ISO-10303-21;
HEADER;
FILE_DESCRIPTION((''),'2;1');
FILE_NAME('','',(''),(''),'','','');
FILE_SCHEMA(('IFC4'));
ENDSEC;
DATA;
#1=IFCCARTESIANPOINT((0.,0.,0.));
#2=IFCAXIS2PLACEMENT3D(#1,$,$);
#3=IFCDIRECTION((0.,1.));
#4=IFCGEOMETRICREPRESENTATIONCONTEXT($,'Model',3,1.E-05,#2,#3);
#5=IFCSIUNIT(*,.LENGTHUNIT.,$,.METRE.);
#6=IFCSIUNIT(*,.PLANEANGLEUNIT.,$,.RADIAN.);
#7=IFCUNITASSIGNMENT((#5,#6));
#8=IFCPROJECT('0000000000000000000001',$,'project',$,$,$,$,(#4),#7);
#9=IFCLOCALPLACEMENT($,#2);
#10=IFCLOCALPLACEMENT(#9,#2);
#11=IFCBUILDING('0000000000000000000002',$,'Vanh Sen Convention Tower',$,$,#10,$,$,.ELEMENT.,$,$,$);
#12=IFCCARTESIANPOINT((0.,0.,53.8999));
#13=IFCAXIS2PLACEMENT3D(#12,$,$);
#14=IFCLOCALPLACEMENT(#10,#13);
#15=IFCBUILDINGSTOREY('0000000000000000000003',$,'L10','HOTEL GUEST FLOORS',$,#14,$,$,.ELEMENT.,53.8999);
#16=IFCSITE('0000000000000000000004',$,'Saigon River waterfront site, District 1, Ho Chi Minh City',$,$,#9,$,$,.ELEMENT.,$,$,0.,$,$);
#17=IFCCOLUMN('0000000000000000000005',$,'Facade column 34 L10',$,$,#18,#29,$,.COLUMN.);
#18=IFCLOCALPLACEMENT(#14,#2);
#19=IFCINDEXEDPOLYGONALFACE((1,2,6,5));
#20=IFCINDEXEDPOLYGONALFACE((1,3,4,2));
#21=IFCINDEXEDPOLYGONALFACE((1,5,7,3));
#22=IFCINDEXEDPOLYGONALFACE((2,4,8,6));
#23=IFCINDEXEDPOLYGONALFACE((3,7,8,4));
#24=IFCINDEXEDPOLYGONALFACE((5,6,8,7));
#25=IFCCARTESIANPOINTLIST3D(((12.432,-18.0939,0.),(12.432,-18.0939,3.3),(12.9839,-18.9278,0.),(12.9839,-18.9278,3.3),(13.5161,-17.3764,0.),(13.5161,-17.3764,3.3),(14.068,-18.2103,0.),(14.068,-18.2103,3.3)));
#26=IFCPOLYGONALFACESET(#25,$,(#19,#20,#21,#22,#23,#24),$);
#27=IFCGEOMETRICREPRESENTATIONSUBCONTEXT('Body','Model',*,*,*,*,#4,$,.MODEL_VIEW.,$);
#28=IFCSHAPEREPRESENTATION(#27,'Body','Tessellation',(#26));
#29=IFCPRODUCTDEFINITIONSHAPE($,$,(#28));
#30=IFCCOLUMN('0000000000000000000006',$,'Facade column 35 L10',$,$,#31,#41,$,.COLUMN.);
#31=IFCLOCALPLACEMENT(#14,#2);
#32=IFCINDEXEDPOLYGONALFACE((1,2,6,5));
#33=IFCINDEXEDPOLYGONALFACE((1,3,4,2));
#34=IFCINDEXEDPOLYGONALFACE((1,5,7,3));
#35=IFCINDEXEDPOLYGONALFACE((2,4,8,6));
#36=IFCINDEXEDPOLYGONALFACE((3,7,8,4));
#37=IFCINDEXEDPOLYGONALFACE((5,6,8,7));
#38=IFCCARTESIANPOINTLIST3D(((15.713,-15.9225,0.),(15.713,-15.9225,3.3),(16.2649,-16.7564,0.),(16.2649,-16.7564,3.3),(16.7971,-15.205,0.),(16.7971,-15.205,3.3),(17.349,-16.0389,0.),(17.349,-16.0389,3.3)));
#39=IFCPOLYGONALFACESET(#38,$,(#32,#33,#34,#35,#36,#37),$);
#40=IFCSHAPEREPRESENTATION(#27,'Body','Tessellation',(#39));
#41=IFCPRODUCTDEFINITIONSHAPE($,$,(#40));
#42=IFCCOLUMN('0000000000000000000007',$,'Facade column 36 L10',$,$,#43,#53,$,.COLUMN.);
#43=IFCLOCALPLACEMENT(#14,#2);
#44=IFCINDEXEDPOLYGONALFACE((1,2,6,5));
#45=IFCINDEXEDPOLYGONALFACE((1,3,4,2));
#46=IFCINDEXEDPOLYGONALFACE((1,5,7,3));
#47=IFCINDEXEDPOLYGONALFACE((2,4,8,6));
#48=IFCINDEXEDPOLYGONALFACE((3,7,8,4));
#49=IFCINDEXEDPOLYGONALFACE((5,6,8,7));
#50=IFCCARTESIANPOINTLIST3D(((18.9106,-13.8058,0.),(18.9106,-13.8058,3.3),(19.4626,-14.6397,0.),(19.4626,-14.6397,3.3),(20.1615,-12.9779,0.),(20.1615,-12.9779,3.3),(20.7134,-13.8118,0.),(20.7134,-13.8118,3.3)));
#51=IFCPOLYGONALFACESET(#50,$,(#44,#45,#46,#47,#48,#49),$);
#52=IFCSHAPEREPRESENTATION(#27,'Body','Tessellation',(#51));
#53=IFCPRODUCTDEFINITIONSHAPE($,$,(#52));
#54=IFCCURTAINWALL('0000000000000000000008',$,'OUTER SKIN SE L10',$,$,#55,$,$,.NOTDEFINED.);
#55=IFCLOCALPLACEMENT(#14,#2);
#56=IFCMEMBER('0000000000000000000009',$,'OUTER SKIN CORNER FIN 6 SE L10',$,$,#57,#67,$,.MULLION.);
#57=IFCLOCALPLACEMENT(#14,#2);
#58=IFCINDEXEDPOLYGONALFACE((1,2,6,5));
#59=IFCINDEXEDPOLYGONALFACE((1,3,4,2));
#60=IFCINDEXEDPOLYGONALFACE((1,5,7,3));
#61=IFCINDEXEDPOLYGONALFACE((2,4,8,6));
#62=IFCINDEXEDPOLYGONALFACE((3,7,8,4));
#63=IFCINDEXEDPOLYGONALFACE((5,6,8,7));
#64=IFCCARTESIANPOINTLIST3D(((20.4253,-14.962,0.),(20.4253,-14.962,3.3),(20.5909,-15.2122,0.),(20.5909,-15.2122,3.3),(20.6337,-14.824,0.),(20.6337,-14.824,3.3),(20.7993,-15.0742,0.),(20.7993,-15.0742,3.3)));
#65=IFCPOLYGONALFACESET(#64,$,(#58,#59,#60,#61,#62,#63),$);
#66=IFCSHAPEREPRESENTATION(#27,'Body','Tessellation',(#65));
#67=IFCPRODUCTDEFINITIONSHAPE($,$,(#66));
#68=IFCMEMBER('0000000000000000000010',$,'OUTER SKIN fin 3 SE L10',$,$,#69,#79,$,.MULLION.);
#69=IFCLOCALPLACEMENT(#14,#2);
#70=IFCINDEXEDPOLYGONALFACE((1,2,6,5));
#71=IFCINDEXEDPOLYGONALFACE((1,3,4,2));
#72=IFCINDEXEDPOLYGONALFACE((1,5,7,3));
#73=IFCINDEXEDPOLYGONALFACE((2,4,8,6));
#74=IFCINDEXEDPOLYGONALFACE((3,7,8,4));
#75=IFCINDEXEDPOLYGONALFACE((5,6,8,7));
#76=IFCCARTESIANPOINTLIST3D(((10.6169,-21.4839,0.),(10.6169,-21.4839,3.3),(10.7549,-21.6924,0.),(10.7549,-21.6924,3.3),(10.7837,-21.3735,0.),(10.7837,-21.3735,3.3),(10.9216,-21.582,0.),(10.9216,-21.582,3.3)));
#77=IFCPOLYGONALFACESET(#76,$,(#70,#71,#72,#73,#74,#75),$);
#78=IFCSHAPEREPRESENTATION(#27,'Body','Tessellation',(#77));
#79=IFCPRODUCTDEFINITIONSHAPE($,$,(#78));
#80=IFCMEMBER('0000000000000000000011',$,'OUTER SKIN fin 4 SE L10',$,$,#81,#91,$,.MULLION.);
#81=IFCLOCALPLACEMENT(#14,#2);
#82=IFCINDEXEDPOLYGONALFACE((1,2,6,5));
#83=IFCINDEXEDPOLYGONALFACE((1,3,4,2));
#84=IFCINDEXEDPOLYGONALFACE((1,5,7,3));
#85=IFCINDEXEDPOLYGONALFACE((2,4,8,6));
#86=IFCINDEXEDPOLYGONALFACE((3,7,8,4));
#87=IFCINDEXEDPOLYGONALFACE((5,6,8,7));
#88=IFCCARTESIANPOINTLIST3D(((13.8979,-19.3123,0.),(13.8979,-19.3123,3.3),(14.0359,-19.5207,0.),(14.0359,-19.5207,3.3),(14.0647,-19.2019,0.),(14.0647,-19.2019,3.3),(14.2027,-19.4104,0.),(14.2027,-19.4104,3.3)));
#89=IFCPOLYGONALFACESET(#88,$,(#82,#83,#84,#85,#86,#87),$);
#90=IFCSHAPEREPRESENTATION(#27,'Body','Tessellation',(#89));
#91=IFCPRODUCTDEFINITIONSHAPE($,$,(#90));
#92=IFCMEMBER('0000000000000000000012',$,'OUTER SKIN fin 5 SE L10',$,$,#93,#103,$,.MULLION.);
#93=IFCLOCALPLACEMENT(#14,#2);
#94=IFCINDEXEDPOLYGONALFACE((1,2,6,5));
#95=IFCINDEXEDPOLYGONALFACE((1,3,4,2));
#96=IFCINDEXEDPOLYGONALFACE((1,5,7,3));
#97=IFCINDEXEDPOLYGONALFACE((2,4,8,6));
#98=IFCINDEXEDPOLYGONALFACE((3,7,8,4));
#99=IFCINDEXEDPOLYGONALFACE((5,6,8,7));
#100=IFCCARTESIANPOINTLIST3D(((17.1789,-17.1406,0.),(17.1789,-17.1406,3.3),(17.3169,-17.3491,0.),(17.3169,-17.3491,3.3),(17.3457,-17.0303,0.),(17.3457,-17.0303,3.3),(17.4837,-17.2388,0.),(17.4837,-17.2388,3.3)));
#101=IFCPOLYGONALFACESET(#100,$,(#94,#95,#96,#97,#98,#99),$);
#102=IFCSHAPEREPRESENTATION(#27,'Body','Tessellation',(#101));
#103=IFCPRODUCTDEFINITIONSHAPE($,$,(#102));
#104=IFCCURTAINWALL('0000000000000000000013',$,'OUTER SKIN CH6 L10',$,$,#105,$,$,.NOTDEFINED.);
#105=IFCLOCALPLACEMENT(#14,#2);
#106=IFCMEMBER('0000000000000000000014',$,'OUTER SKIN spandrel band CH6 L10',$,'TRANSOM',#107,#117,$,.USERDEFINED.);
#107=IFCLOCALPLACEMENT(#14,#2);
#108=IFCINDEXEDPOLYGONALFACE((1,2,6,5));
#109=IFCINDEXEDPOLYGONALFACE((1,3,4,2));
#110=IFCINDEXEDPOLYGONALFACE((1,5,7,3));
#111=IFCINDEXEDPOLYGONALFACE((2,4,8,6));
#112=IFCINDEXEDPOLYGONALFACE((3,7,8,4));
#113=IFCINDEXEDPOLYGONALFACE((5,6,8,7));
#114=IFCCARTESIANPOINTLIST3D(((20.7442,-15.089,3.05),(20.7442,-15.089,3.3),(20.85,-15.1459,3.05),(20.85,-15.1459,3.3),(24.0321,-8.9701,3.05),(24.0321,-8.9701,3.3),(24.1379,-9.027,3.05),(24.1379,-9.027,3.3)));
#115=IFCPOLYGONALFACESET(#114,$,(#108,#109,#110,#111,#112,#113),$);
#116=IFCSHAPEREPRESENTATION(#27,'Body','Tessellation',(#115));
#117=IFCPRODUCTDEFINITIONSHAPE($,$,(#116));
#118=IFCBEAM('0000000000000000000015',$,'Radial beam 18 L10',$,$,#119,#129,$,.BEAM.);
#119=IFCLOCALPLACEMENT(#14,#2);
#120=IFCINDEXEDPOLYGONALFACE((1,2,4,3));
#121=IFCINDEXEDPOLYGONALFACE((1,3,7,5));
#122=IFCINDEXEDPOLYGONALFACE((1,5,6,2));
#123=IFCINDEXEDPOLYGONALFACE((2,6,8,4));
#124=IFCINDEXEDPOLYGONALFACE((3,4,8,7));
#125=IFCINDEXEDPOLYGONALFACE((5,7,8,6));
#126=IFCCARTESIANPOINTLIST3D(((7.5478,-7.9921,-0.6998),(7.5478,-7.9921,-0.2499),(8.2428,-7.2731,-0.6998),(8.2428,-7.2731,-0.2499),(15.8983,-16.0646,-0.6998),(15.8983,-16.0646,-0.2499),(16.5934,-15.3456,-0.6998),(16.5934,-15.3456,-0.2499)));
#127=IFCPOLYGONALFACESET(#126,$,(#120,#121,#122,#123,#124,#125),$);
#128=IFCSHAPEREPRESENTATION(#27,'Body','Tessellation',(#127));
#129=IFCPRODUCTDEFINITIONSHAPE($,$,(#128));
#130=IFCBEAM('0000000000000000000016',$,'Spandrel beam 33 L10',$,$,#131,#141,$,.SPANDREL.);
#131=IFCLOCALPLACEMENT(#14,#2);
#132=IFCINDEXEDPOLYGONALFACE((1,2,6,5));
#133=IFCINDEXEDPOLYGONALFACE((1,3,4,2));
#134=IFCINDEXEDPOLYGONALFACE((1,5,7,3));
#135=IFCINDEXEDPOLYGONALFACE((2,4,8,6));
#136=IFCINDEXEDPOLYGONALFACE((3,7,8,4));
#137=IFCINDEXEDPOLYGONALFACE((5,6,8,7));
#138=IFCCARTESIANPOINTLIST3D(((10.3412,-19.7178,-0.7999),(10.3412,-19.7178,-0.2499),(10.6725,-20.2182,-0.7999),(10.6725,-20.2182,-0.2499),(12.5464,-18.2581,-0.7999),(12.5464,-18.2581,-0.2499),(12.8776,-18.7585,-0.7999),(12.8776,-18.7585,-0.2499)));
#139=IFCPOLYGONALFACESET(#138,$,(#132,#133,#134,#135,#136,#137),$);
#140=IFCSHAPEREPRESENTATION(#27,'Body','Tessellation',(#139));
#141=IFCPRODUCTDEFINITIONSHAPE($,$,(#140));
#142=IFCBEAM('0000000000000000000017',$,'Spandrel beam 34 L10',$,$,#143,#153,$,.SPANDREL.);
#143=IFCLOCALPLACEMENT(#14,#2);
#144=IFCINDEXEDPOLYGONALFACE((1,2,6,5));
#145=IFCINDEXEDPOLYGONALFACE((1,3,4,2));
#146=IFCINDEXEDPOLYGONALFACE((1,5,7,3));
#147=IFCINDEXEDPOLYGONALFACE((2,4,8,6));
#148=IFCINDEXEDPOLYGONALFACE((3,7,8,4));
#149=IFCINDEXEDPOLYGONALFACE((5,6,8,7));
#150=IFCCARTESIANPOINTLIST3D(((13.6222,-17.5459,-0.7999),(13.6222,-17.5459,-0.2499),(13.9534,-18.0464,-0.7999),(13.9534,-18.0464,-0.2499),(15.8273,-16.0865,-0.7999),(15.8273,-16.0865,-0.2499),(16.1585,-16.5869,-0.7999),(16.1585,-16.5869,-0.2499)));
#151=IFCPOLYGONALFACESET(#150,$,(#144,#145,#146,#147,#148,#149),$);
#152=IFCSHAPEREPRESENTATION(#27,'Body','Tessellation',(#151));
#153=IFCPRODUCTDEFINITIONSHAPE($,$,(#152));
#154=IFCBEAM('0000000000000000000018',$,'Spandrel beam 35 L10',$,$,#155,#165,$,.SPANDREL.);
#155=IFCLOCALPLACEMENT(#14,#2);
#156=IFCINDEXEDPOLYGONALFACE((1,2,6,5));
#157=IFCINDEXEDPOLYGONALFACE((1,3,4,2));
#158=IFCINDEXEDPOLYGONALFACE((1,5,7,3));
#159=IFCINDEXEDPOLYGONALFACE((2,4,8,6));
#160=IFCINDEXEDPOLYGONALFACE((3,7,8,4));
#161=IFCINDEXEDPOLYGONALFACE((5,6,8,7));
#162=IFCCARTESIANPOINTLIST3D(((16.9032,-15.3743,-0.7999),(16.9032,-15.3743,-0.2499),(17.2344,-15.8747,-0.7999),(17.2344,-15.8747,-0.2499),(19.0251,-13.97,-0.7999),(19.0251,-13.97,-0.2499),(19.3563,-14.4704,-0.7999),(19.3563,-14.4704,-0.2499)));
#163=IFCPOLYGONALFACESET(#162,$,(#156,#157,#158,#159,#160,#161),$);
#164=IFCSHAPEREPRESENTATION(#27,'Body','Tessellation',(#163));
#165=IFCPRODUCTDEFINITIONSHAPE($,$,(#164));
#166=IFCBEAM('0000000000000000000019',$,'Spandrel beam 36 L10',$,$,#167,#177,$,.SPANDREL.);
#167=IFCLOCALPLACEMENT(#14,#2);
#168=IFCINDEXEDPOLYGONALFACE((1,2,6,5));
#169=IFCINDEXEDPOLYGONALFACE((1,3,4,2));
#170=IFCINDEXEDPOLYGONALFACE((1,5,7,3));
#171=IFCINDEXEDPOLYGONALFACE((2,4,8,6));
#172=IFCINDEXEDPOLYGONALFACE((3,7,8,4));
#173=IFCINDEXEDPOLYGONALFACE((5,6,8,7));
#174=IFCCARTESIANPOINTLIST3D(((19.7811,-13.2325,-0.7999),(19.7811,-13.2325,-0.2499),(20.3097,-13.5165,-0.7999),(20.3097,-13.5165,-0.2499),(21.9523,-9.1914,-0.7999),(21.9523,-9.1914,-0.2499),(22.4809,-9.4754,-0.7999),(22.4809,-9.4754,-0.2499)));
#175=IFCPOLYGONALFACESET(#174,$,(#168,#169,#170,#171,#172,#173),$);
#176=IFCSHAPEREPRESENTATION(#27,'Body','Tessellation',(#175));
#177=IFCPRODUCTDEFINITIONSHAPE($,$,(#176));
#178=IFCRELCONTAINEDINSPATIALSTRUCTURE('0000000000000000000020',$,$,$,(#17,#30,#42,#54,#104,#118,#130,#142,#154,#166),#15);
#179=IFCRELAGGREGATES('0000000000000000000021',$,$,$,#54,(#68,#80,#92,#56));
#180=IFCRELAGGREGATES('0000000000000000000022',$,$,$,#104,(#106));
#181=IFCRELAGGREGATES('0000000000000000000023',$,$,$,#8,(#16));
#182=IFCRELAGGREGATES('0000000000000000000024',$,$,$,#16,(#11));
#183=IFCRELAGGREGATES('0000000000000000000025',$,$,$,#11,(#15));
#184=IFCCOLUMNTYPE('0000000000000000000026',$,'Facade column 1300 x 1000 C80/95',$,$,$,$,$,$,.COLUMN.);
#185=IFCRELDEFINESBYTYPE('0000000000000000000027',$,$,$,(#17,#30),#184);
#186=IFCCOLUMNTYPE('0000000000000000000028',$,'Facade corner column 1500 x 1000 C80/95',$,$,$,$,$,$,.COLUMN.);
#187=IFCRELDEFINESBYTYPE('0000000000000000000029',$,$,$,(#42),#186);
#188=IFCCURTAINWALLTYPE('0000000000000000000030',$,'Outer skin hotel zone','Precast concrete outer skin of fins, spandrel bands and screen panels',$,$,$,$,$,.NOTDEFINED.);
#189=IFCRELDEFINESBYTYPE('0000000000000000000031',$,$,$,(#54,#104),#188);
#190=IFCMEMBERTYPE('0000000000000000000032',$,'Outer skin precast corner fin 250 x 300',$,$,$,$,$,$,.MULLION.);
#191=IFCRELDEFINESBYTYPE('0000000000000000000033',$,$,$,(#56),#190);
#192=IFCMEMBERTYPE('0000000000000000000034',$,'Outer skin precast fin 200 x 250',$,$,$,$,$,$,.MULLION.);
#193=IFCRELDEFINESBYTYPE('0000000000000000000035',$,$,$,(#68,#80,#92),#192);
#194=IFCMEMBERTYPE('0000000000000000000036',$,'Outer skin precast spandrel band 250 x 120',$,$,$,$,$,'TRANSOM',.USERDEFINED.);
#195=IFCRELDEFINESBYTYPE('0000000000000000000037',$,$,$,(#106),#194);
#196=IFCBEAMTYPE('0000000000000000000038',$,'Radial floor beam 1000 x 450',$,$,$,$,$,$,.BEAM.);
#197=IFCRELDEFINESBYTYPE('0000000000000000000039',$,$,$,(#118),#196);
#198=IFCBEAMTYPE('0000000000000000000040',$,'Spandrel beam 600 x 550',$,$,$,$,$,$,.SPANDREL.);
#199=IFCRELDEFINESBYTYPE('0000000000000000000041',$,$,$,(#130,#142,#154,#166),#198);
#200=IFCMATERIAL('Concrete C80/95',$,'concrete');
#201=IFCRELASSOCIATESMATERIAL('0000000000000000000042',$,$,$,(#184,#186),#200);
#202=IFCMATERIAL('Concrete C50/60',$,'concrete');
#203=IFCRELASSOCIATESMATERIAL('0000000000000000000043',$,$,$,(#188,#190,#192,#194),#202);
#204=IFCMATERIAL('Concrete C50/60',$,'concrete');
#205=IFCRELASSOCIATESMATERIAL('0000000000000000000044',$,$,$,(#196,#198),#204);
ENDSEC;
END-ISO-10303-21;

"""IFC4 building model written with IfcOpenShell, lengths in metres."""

from ifc_helpers import new_model, si_unit, direction, frame, origin, origin_2d, place, context, subcontext, project, spatial, rectangle, extrude, material, material_profile, profile_set, type_object, element, aggregate, save


model = new_model("IFC4")

# Units and contexts
model_context = context("Model", 3, precision=1e-05, world=origin(), true_north=direction((0.0, 1.0)))
body_context = subcontext(model_context, "Body", "Model", "MODEL_VIEW")
ifc_project = project(units=[si_unit("LENGTHUNIT", "METRE"), si_unit("PLANEANGLEUNIT", "RADIAN")], contexts=[model_context])

# Site, building, storey
site_placement = place(None, origin())
site = spatial("IfcSite", under=ifc_project, at=site_placement, Name="Saigon River waterfront site, District 1, Ho Chi Minh City", CompositionType="ELEMENT", RefElevation=0.0)
building_placement = place(site_placement, origin())
building = spatial("IfcBuilding", under=site, at=building_placement, Name="Vanh Sen Convention Tower", CompositionType="ELEMENT")
storey_placement = place(building_placement, frame((0.0, 0.0, 53.8999)))
storey = spatial("IfcBuildingStorey", under=building, at=storey_placement, Name="L10", Description="HOTEL GUEST FLOORS", CompositionType="ELEMENT", Elevation=53.8999)

# Columns
ifc_material_1 = material(Name="Concrete C80/95", Category="concrete")
ifc_material_profile_1 = material_profile(ifc_material_1, rectangle(XDim=1.3, YDim=1.0, at=origin_2d()), Name="RC 1300X1000")
ifc_profile_set_1 = profile_set([ifc_material_profile_1], Name="Concrete C80/95")
column_type_1 = type_object("IfcColumnType", Name="Facade column 1300 x 1000 C80/95", PredefinedType="COLUMN", material=ifc_profile_set_1)
for number, where, z_axis, x_axis, name in (
    (1, (13.25, -18.1521, 0.0), (0.0, 0.0, 1.0), (0.833886, 0.551937, 0.0), "Facade column 34 L10"),
    (2, (16.531, -15.9807, 0.0), (0.0, 0.0, 1.0), (0.833886, 0.551937, 0.0), "Facade column 35 L10"),
):
    element("IfcColumn", number, at=place(storey_placement, frame(where, z_axis=z_axis, x_axis=x_axis)), inside=storey, type_object=column_type_1, Name=name, PredefinedType="COLUMN", context=body_context, shape_type="SweptSolid", body=[
        extrude(rectangle(XDim=1.3, YDim=1.0, at=origin_2d()), origin(), (0.0, 0.0, 1.0), 3.3),
    ])
ifc_material_profile_2 = material_profile(ifc_material_1, rectangle(XDim=1.5, YDim=1.0, at=origin_2d()), Name="RC 1500X1000")
ifc_profile_set_2 = profile_set([ifc_material_profile_2], Name="Concrete C80/95")
column_type_2 = type_object("IfcColumnType", Name="Facade corner column 1500 x 1000 C80/95", PredefinedType="COLUMN", material=ifc_profile_set_2)
column_placement = place(storey_placement, frame((19.812, -13.8088, 0.0), z_axis=(0.0, 0.0, 1.0), x_axis=(0.833886, 0.551937, 0.0)))
element("IfcColumn", 3, at=column_placement, inside=storey, type_object=column_type_2, Name="Facade column 36 L10", PredefinedType="COLUMN", context=body_context, shape_type="SweptSolid", body=[
    extrude(rectangle(XDim=1.5, YDim=1.0, at=origin_2d()), origin(), (0.0, 0.0, 1.0), 3.3),
])

# Curtain wall, members
ifc_material_2 = material(Name="Concrete C50/60", Category="concrete")
curtain_wall_type = type_object("IfcCurtainWallType", Name="Outer skin hotel zone", Description="Precast concrete outer skin of fins, spandrel bands and screen panels", PredefinedType="NOTDEFINED", material=ifc_material_2)
curtain_wall_1_placement = place(storey_placement, origin())
curtain_wall_1 = element("IfcCurtainWall", 4, at=curtain_wall_1_placement, inside=storey, type_object=curtain_wall_type, Name="OUTER SKIN SE L10", PredefinedType="NOTDEFINED")
ifc_material_profile_3 = material_profile(ifc_material_2, rectangle(XDim=0.25, YDim=0.3, at=origin_2d()), Name="Outer skin precast corner fin 250 x 300")
ifc_profile_set_3 = profile_set([ifc_material_profile_3], Name="Concrete C50/60")
member_type_1 = type_object("IfcMemberType", Name="Outer skin precast corner fin 250 x 300", PredefinedType="MULLION", material=ifc_profile_set_3)
member_1_placement = place(storey_placement, frame((20.6123, -15.0181, 0.0), z_axis=(0.0, 0.0, 1.0), x_axis=(0.833886, 0.551937, 0.0)))
member_1 = element("IfcMember", 5, at=member_1_placement, type_object=member_type_1, Name="OUTER SKIN CORNER FIN 6 SE L10", PredefinedType="MULLION", context=body_context, shape_type="SweptSolid", body=[
    extrude(rectangle(XDim=0.25, YDim=0.3, at=origin_2d()), origin(), (0.0, 0.0, 1.0), 3.3),
])
ifc_material_profile_4 = material_profile(ifc_material_2, rectangle(XDim=0.2, YDim=0.25, at=origin_2d()), Name="Outer skin precast fin 200 x 250")
ifc_profile_set_4 = profile_set([ifc_material_profile_4], Name="Concrete C50/60")
member_type_2 = type_object("IfcMemberType", Name="Outer skin precast fin 200 x 250", PredefinedType="MULLION", material=ifc_profile_set_4)
member_2_placement = place(storey_placement, frame((10.7693, -21.533, 0.0), z_axis=(0.0, 0.0, 1.0), x_axis=(0.833886, 0.551937, 0.0)))
member_2 = element("IfcMember", 6, at=member_2_placement, type_object=member_type_2, Name="OUTER SKIN fin 3 SE L10", PredefinedType="MULLION", context=body_context, shape_type="SweptSolid", body=[
    extrude(rectangle(XDim=0.2, YDim=0.25, at=origin_2d()), origin(), (0.0, 0.0, 1.0), 3.3),
])
member_3_placement = place(storey_placement, frame((14.0503, -19.3613, 0.0), z_axis=(0.0, 0.0, 1.0), x_axis=(0.833886, 0.551937, 0.0)))
member_3 = element("IfcMember", 7, at=member_3_placement, type_object=member_type_2, Name="OUTER SKIN fin 4 SE L10", PredefinedType="MULLION", context=body_context, shape_type="SweptSolid", body=[
    extrude(rectangle(XDim=0.2, YDim=0.25, at=origin_2d()), origin(), (0.0, 0.0, 1.0), 3.3),
])
member_4_placement = place(storey_placement, frame((17.3313, -17.1897, 0.0), z_axis=(0.0, 0.0, 1.0), x_axis=(0.833886, 0.551937, 0.0)))
member_4 = element("IfcMember", 8, at=member_4_placement, type_object=member_type_2, Name="OUTER SKIN fin 5 SE L10", PredefinedType="MULLION", context=body_context, shape_type="SweptSolid", body=[
    extrude(rectangle(XDim=0.2, YDim=0.25, at=origin_2d()), origin(), (0.0, 0.0, 1.0), 3.3),
])

# Curtain wall, member
curtain_wall_2_placement = place(storey_placement, origin())
curtain_wall_2 = element("IfcCurtainWall", 9, at=curtain_wall_2_placement, inside=storey, type_object=curtain_wall_type, Name="OUTER SKIN CH6 L10", PredefinedType="NOTDEFINED")
ifc_material_profile_5 = material_profile(ifc_material_2, rectangle(XDim=0.1201, YDim=0.25, at=origin_2d()), Name="Outer skin precast spandrel band 250 x 120")
ifc_profile_set_5 = profile_set([ifc_material_profile_5], Name="Concrete C50/60")
member_type_3 = type_object("IfcMemberType", Name="Outer skin precast spandrel band 250 x 120", ElementType="TRANSOM", PredefinedType="USERDEFINED", material=ifc_profile_set_5)
member_5_placement = place(storey_placement, frame((20.7971, -15.1174, 3.175), z_axis=(0.473324, 0.880888, 0.0), x_axis=(-0.880888, 0.473324, 0.0)))
member_5 = element("IfcMember", 10, at=member_5_placement, type_object=member_type_3, Name="OUTER SKIN spandrel band CH6 L10", ObjectType="TRANSOM", PredefinedType="USERDEFINED", context=body_context, shape_type="SweptSolid", body=[
    extrude(rectangle(XDim=0.1201, YDim=0.25, at=origin_2d()), origin(), (0.0, 0.0, 1.0), 6.9463),
])

# Beams
ifc_material_3 = material(Name="Concrete C50/60", Category="concrete")
ifc_material_profile_6 = material_profile(ifc_material_3, rectangle(XDim=1.0, YDim=0.45, at=origin_2d()), Name="RC 1000X450")
ifc_profile_set_6 = profile_set([ifc_material_profile_6], Name="Concrete C50/60")
beam_type_1 = type_object("IfcBeamType", Name="Radial floor beam 1000 x 450", PredefinedType="BEAM", material=ifc_profile_set_6)
beam_1_placement = place(storey_placement, frame((16.2458, -15.7051, -0.4749), z_axis=(-0.718976, 0.695034, 0.0), x_axis=(-0.695034, -0.718976, 0.0)))
element("IfcBeam", 11, at=beam_1_placement, inside=storey, type_object=beam_type_1, Name="Radial beam 18 L10", PredefinedType="BEAM", context=body_context, shape_type="SweptSolid", body=[
    extrude(rectangle(XDim=1.0, YDim=0.45, at=origin_2d()), origin(), (0.0, 0.0, 1.0), 11.6145),
])
ifc_material_profile_7 = material_profile(ifc_material_3, rectangle(XDim=0.6001, YDim=0.55, at=origin_2d()), Name="RC 600X550")
ifc_profile_set_7 = profile_set([ifc_material_profile_7], Name="Concrete C50/60")
beam_type_2 = type_object("IfcBeamType", Name="Spandrel beam 600 x 550", PredefinedType="SPANDREL", material=ifc_profile_set_7)
beam_2_placement = place(storey_placement, frame((10.5068, -19.968, -0.5249), z_axis=(0.83385, 0.551992, 0.0), x_axis=(-0.551992, 0.83385, 0.0)))
element("IfcBeam", 12, at=beam_2_placement, inside=storey, type_object=beam_type_2, Name="Spandrel beam 33 L10", PredefinedType="SPANDREL", context=body_context, shape_type="SweptSolid", body=[
    extrude(rectangle(XDim=0.6001, YDim=0.55, at=origin_2d()), origin(), (0.0, 0.0, 1.0), 2.6445),
])
beam_3_placement = place(storey_placement, frame((13.7878, -17.7961, -0.5249), z_axis=(0.833892, 0.551927, 0.0), x_axis=(-0.551927, 0.833892, 0.0)))
element("IfcBeam", 13, at=beam_3_placement, inside=storey, type_object=beam_type_2, Name="Spandrel beam 34 L10", PredefinedType="SPANDREL", context=body_context, shape_type="SweptSolid", body=[
    extrude(rectangle(XDim=0.6001, YDim=0.55, at=origin_2d()), origin(), (0.0, 0.0, 1.0), 2.6443),
])
beam_4_placement = place(storey_placement, frame((17.0688, -15.6245, -0.5249), z_axis=(0.833906, 0.551907, 0.0), x_axis=(-0.551907, 0.833906, 0.0)))
element("IfcBeam", 14, at=beam_4_placement, inside=storey, type_object=beam_type_2, Name="Spandrel beam 35 L10", PredefinedType="SPANDREL", context=body_context, shape_type="SweptSolid", body=[
    extrude(rectangle(XDim=0.6001, YDim=0.55, at=origin_2d()), origin(), (0.0, 0.0, 1.0), 2.5444),
])
beam_5_placement = place(storey_placement, frame((20.0454, -13.3745, -0.5249), z_axis=(0.47329, 0.880907, 0.0), x_axis=(-0.880907, 0.47329, 0.0)))
element("IfcBeam", 15, at=beam_5_placement, inside=storey, type_object=beam_type_2, Name="Spandrel beam 36 L10", PredefinedType="SPANDREL", context=body_context, shape_type="SweptSolid", body=[
    extrude(rectangle(XDim=0.6001, YDim=0.55, at=origin_2d()), origin(), (0.0, 0.0, 1.0), 4.5874),
])

aggregate(curtain_wall_1, [member_2, member_3, member_4, member_1])
aggregate(curtain_wall_2, [member_5])

save(model, "model.ifc")
